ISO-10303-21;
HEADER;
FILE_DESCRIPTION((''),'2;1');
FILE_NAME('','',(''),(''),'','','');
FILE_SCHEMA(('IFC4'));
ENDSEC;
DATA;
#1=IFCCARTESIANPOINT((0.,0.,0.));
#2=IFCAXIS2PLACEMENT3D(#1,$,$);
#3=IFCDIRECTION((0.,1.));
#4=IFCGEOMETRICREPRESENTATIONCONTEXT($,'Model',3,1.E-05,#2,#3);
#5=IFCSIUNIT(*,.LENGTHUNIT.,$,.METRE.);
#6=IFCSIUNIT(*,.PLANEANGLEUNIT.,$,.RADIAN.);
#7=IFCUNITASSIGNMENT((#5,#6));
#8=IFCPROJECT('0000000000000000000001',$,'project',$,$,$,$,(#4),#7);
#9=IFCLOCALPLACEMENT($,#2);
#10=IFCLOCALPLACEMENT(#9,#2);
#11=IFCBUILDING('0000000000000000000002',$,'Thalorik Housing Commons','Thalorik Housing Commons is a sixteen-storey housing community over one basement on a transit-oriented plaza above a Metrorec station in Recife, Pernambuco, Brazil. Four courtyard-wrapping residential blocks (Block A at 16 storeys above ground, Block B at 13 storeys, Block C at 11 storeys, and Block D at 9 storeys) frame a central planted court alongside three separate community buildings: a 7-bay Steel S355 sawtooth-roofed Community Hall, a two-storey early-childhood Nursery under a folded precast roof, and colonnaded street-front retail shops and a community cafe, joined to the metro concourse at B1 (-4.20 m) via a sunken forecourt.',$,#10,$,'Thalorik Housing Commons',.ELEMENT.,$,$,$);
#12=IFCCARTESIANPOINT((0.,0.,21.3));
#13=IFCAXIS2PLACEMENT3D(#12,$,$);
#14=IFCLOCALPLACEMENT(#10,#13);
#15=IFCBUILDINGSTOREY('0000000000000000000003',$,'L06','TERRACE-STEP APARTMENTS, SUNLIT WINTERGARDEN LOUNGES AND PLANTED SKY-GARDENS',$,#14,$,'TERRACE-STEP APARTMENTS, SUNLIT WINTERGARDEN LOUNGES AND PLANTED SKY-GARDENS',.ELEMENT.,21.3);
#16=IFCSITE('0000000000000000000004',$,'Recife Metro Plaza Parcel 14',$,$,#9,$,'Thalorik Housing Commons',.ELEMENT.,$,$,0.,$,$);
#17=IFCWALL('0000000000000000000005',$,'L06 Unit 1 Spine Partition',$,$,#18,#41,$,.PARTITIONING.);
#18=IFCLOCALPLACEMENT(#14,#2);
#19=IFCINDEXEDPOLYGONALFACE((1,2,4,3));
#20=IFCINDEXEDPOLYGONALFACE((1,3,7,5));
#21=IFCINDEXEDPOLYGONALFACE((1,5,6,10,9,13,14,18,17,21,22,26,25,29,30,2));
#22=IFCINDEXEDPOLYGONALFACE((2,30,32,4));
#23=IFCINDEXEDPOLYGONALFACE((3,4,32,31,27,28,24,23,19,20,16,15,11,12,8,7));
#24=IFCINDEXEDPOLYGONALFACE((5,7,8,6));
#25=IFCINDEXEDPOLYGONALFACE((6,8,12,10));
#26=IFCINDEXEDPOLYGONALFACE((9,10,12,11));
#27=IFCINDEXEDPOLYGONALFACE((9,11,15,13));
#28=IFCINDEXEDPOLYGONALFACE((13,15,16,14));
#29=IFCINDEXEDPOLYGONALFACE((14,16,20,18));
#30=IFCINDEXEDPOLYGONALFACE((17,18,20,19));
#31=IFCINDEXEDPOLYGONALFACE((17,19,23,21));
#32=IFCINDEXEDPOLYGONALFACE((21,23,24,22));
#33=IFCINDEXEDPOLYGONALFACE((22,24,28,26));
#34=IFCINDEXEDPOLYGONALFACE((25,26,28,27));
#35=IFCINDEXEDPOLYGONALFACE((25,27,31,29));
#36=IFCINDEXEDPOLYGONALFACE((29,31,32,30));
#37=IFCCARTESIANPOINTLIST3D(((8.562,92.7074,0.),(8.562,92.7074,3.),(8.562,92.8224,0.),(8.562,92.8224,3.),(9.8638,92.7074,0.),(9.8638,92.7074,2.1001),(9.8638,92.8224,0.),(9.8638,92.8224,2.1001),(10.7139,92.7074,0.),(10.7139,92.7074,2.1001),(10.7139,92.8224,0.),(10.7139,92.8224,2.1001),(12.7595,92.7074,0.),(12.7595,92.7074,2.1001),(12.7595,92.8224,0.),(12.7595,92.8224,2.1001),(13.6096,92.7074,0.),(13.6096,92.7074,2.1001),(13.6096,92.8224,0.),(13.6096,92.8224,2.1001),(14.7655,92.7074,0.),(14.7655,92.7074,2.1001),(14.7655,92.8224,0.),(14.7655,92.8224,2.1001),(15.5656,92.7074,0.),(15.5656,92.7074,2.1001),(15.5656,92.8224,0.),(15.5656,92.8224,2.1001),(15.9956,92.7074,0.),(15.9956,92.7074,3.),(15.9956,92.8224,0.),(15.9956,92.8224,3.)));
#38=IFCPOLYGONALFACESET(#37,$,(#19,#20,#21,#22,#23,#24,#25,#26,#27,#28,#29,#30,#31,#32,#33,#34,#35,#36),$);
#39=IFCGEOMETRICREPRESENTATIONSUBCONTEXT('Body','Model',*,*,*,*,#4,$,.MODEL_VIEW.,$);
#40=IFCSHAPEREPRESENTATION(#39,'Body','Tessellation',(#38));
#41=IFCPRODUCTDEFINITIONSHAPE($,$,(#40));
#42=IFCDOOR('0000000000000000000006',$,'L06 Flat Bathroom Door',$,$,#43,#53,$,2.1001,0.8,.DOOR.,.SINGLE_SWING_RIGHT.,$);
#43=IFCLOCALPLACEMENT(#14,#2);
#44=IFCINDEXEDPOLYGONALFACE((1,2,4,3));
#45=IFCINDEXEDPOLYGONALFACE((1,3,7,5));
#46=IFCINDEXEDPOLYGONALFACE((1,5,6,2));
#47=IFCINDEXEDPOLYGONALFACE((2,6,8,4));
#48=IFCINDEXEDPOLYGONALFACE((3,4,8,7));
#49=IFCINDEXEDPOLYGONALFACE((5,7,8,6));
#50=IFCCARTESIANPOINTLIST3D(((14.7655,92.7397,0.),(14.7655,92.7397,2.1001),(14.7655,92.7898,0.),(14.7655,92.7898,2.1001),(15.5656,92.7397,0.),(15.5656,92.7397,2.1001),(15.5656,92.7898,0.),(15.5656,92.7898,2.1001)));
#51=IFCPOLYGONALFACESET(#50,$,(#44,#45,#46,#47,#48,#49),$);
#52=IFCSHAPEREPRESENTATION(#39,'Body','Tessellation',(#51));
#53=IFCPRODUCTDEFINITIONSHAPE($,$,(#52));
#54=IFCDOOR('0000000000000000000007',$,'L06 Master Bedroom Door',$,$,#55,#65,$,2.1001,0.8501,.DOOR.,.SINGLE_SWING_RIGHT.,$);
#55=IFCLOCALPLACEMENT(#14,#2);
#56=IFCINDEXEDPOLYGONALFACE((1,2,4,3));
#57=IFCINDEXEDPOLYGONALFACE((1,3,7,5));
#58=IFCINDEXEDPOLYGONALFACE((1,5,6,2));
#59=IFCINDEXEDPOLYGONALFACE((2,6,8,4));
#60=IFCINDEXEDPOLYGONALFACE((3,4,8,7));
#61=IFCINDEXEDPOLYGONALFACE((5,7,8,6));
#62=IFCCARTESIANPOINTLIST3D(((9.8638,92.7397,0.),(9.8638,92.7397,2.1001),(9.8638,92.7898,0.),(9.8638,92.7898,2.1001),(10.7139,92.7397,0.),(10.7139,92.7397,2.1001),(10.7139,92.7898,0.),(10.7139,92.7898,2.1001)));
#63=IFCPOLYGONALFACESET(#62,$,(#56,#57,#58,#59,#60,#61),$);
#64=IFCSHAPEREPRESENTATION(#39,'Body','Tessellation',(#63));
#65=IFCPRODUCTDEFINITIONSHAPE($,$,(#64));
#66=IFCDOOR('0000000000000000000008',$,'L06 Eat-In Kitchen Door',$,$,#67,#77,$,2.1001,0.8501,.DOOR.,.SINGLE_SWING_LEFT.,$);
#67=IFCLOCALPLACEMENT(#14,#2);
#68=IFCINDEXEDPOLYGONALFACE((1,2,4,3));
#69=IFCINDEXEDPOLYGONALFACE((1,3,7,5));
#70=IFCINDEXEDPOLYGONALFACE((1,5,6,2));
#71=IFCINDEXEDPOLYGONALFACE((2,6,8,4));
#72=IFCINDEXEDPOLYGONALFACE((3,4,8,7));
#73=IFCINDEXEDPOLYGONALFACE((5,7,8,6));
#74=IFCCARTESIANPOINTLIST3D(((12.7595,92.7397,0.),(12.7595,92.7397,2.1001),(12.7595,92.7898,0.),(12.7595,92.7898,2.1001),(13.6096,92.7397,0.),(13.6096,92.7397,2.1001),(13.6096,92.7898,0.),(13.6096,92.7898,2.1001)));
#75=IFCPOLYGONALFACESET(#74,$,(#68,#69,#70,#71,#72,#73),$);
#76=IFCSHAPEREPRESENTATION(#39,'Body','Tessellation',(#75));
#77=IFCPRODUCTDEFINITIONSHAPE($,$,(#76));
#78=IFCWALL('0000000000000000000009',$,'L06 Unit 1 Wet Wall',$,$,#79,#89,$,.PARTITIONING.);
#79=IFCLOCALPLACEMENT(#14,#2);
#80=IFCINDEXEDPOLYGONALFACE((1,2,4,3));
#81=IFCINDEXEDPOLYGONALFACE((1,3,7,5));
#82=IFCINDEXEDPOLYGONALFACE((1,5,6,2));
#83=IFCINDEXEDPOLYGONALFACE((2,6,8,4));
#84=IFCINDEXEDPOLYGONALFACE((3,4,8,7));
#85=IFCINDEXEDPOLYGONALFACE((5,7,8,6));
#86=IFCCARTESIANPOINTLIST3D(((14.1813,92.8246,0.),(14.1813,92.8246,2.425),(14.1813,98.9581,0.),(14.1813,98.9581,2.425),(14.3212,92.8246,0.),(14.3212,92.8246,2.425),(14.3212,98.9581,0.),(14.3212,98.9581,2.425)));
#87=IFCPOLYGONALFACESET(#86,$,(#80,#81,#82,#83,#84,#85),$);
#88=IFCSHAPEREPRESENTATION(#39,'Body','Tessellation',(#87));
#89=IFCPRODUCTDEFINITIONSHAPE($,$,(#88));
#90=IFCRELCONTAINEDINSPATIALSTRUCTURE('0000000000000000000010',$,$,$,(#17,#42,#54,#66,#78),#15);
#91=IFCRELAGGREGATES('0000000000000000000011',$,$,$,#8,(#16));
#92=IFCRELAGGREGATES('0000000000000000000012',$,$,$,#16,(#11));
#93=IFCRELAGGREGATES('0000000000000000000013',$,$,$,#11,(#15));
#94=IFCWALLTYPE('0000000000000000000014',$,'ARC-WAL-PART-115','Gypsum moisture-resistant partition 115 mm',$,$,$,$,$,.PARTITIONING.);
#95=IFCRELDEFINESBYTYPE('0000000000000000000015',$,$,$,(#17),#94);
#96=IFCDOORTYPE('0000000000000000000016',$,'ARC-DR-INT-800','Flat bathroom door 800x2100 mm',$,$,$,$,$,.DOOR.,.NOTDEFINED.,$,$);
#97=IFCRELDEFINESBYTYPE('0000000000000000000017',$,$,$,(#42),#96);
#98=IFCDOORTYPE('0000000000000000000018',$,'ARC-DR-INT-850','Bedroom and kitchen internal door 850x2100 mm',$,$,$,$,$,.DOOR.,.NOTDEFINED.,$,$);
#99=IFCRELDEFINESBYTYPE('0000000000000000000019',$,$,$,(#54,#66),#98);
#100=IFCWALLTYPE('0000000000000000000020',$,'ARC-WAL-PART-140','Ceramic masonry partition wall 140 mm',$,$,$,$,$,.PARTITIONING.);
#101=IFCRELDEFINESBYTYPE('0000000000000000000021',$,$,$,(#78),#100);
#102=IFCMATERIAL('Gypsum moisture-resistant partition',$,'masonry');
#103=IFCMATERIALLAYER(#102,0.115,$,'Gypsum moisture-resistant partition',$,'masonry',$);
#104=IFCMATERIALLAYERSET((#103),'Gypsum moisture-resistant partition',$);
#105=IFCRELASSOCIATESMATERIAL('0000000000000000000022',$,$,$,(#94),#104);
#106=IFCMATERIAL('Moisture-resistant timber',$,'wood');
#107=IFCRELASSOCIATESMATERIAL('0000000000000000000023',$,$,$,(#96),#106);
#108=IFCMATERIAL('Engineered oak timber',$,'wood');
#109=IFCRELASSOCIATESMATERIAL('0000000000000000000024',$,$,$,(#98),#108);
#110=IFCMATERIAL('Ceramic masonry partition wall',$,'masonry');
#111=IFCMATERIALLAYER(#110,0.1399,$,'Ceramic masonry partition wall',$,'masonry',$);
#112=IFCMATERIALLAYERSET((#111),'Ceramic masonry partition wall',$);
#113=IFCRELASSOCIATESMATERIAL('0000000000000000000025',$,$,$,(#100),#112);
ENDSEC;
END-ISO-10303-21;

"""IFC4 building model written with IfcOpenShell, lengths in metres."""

from ifc_helpers import new_model, si_unit, direction, frame, frame_2d, origin, place, context, subcontext, project, spatial, rectangle, extrude, material, layer, layer_set, type_object, element, fill, save


model = new_model("IFC4")

# Units and contexts
model_context = context("Model", 3, precision=1e-05, world=origin(), true_north=direction((0.0, 1.0)))
body_context = subcontext(model_context, "Body", "Model", "MODEL_VIEW")
ifc_project = project(units=[si_unit("LENGTHUNIT", "METRE"), si_unit("PLANEANGLEUNIT", "RADIAN")], contexts=[model_context])

# Site, building, storey
site_placement = place(None, origin())
site = spatial("IfcSite", under=ifc_project, at=site_placement, Name="Recife Metro Plaza Parcel 14", LongName="Thalorik Housing Commons", CompositionType="ELEMENT", RefElevation=0.0)
building_placement = place(site_placement, origin())
building = spatial("IfcBuilding", under=site, at=building_placement, Name="Thalorik Housing Commons", Description="Thalorik Housing Commons is a sixteen-storey housing community over one basement on a transit-oriented plaza above a Metrorec station in Recife, Pernambuco, Brazil. Four courtyard-wrapping residential blocks (Block A at 16 storeys above ground, Block B at 13 storeys, Block C at 11 storeys, and Block D at 9 storeys) frame a central planted court alongside three separate community buildings: a 7-bay Steel S355 sawtooth-roofed Community Hall, a two-storey early-childhood Nursery under a folded precast roof, and colonnaded street-front retail shops and a community cafe, joined to the metro concourse at B1 (-4.20 m) via a sunken forecourt.", LongName="Thalorik Housing Commons", CompositionType="ELEMENT")
storey_placement = place(building_placement, frame((0.0, 0.0, 21.3)))
storey = spatial("IfcBuildingStorey", under=building, at=storey_placement, Name="L06", Description="TERRACE-STEP APARTMENTS, SUNLIT WINTERGARDEN LOUNGES AND PLANTED SKY-GARDENS", LongName="TERRACE-STEP APARTMENTS, SUNLIT WINTERGARDEN LOUNGES AND PLANTED SKY-GARDENS", CompositionType="ELEMENT", Elevation=21.3)

# Wall, openings, doors
ifc_material_1 = material(Name="Gypsum moisture-resistant partition", Category="masonry")
ifc_layer_1 = layer(ifc_material_1, 0.115, Name="Gypsum moisture-resistant partition", Category="masonry")
ifc_layer_set_1 = layer_set([ifc_layer_1], Name="Gypsum moisture-resistant partition")
wall_type_1 = type_object("IfcWallType", Name="ARC-WAL-PART-115", Description="Gypsum moisture-resistant partition 115 mm", PredefinedType="PARTITIONING", material=ifc_layer_set_1)
wall_1_placement = place(storey_placement, frame((8.562, 92.7649, 0.0), z_axis=(0.0, 0.0, 1.0), x_axis=(1.0, 0.0, 0.0)))
wall_1 = element("IfcWall", 1, at=wall_1_placement, inside=storey, type_object=wall_type_1, Name="L06 Unit 1 Spine Partition", PredefinedType="PARTITIONING", context=body_context, shape_type="SweptSolid", body=[
    extrude(rectangle(XDim=7.4336, YDim=0.115, at=frame_2d((3.7168, 0.0))), origin(), (0.0, 0.0, 1.0), 3.0),
])
opening_1_placement = place(wall_1_placement, frame((1.3018, 0.0, 0.0)))
opening_1 = element("IfcOpeningElement", 2, at=opening_1_placement, cuts=wall_1, PredefinedType="OPENING", context=body_context, shape_type="SweptSolid", body=[
    extrude(rectangle(XDim=0.8501, YDim=2.1001, at=frame_2d((0.425, 1.05))), frame((0.0, 0.0674, 0.0), z_axis=(0.0, -1.0, 0.0), x_axis=(1.0, 0.0, 0.0)), (0.0, 0.0, 1.0), 0.135),
])
opening_2_placement = place(wall_1_placement, frame((4.1975, 0.0, 0.0)))
opening_2 = element("IfcOpeningElement", 3, at=opening_2_placement, cuts=wall_1, PredefinedType="OPENING", context=body_context, shape_type="SweptSolid", body=[
    extrude(rectangle(XDim=0.8501, YDim=2.1001, at=frame_2d((0.425, 1.05))), frame((0.0, 0.0674, 0.0), z_axis=(0.0, -1.0, 0.0), x_axis=(1.0, 0.0, 0.0)), (0.0, 0.0, 1.0), 0.135),
])
opening_3_placement = place(wall_1_placement, frame((6.2036, 0.0, 0.0)))
opening_3 = element("IfcOpeningElement", 4, at=opening_3_placement, cuts=wall_1, PredefinedType="OPENING", context=body_context, shape_type="SweptSolid", body=[
    extrude(rectangle(XDim=0.8, YDim=2.1001, at=frame_2d((0.3999, 1.05))), frame((0.0, 0.0674, 0.0), z_axis=(0.0, -1.0, 0.0), x_axis=(1.0, 0.0, 0.0)), (0.0, 0.0, 1.0), 0.135),
])
ifc_material_2 = material(Name="Moisture-resistant timber", Category="wood")
door_type_1 = type_object("IfcDoorType", Name="ARC-DR-INT-800", Description="Flat bathroom door 800x2100 mm", OperationType="NOTDEFINED", PredefinedType="DOOR", material=ifc_material_2)
door_1_placement = place(opening_3_placement, origin())
door_1 = element("IfcDoor", 5, at=door_1_placement, inside=storey, type_object=door_type_1, Name="L06 Flat Bathroom Door", OperationType="SINGLE_SWING_RIGHT", OverallHeight=2.1001, OverallWidth=0.8, PredefinedType="DOOR", context=body_context, shape_type="SweptSolid", body=[
    extrude(rectangle(XDim=0.8, YDim=2.1001, at=frame_2d((0.3999, 1.05))), frame((0.0, 0.0249, 0.0), z_axis=(0.0, -1.0, 0.0), x_axis=(1.0, 0.0, 0.0)), (0.0, 0.0, 1.0), 0.05),
])
fill(opening_3, door_1)
ifc_material_3 = material(Name="Engineered oak timber", Category="wood")
door_type_2 = type_object("IfcDoorType", Name="ARC-DR-INT-850", Description="Bedroom and kitchen internal door 850x2100 mm", OperationType="NOTDEFINED", PredefinedType="DOOR", material=ifc_material_3)
door_2_placement = place(opening_1_placement, origin())
door_2 = element("IfcDoor", 6, at=door_2_placement, inside=storey, type_object=door_type_2, Name="L06 Master Bedroom Door", OperationType="SINGLE_SWING_RIGHT", OverallHeight=2.1001, OverallWidth=0.8501, PredefinedType="DOOR", context=body_context, shape_type="SweptSolid", body=[
    extrude(rectangle(XDim=0.8501, YDim=2.1001, at=frame_2d((0.425, 1.05))), frame((0.0, 0.0249, 0.0), z_axis=(0.0, -1.0, 0.0), x_axis=(1.0, 0.0, 0.0)), (0.0, 0.0, 1.0), 0.05),
])
fill(opening_1, door_2)
door_3_placement = place(opening_2_placement, origin())
door_3 = element("IfcDoor", 7, at=door_3_placement, inside=storey, type_object=door_type_2, Name="L06 Eat-In Kitchen Door", OperationType="SINGLE_SWING_LEFT", OverallHeight=2.1001, OverallWidth=0.8501, PredefinedType="DOOR", context=body_context, shape_type="SweptSolid", body=[
    extrude(rectangle(XDim=0.8501, YDim=2.1001, at=frame_2d((0.425, 1.05))), frame((0.0, 0.0249, 0.0), z_axis=(0.0, -1.0, 0.0), x_axis=(1.0, 0.0, 0.0)), (0.0, 0.0, 1.0), 0.05),
])
fill(opening_2, door_3)

# Wall
ifc_material_4 = material(Name="Ceramic masonry partition wall", Category="masonry")
ifc_layer_2 = layer(ifc_material_4, 0.1399, Name="Ceramic masonry partition wall", Category="masonry")
ifc_layer_set_2 = layer_set([ifc_layer_2], Name="Ceramic masonry partition wall")
wall_type_2 = type_object("IfcWallType", Name="ARC-WAL-PART-140", Description="Ceramic masonry partition wall 140 mm", PredefinedType="PARTITIONING", material=ifc_layer_set_2)
wall_2_placement = place(storey_placement, frame((14.2512, 92.8245, 0.0), z_axis=(0.0, 0.0, 1.0), x_axis=(0.0, 1.0, 0.0)))
element("IfcWall", 8, at=wall_2_placement, inside=storey, type_object=wall_type_2, Name="L06 Unit 1 Wet Wall", PredefinedType="PARTITIONING", context=body_context, shape_type="SweptSolid", body=[
    extrude(rectangle(XDim=6.1335, YDim=0.1399, at=frame_2d((3.0669, 0.0))), origin(), (0.0, 0.0, 1.0), 2.425),
])

save(model, "model.ifc")
